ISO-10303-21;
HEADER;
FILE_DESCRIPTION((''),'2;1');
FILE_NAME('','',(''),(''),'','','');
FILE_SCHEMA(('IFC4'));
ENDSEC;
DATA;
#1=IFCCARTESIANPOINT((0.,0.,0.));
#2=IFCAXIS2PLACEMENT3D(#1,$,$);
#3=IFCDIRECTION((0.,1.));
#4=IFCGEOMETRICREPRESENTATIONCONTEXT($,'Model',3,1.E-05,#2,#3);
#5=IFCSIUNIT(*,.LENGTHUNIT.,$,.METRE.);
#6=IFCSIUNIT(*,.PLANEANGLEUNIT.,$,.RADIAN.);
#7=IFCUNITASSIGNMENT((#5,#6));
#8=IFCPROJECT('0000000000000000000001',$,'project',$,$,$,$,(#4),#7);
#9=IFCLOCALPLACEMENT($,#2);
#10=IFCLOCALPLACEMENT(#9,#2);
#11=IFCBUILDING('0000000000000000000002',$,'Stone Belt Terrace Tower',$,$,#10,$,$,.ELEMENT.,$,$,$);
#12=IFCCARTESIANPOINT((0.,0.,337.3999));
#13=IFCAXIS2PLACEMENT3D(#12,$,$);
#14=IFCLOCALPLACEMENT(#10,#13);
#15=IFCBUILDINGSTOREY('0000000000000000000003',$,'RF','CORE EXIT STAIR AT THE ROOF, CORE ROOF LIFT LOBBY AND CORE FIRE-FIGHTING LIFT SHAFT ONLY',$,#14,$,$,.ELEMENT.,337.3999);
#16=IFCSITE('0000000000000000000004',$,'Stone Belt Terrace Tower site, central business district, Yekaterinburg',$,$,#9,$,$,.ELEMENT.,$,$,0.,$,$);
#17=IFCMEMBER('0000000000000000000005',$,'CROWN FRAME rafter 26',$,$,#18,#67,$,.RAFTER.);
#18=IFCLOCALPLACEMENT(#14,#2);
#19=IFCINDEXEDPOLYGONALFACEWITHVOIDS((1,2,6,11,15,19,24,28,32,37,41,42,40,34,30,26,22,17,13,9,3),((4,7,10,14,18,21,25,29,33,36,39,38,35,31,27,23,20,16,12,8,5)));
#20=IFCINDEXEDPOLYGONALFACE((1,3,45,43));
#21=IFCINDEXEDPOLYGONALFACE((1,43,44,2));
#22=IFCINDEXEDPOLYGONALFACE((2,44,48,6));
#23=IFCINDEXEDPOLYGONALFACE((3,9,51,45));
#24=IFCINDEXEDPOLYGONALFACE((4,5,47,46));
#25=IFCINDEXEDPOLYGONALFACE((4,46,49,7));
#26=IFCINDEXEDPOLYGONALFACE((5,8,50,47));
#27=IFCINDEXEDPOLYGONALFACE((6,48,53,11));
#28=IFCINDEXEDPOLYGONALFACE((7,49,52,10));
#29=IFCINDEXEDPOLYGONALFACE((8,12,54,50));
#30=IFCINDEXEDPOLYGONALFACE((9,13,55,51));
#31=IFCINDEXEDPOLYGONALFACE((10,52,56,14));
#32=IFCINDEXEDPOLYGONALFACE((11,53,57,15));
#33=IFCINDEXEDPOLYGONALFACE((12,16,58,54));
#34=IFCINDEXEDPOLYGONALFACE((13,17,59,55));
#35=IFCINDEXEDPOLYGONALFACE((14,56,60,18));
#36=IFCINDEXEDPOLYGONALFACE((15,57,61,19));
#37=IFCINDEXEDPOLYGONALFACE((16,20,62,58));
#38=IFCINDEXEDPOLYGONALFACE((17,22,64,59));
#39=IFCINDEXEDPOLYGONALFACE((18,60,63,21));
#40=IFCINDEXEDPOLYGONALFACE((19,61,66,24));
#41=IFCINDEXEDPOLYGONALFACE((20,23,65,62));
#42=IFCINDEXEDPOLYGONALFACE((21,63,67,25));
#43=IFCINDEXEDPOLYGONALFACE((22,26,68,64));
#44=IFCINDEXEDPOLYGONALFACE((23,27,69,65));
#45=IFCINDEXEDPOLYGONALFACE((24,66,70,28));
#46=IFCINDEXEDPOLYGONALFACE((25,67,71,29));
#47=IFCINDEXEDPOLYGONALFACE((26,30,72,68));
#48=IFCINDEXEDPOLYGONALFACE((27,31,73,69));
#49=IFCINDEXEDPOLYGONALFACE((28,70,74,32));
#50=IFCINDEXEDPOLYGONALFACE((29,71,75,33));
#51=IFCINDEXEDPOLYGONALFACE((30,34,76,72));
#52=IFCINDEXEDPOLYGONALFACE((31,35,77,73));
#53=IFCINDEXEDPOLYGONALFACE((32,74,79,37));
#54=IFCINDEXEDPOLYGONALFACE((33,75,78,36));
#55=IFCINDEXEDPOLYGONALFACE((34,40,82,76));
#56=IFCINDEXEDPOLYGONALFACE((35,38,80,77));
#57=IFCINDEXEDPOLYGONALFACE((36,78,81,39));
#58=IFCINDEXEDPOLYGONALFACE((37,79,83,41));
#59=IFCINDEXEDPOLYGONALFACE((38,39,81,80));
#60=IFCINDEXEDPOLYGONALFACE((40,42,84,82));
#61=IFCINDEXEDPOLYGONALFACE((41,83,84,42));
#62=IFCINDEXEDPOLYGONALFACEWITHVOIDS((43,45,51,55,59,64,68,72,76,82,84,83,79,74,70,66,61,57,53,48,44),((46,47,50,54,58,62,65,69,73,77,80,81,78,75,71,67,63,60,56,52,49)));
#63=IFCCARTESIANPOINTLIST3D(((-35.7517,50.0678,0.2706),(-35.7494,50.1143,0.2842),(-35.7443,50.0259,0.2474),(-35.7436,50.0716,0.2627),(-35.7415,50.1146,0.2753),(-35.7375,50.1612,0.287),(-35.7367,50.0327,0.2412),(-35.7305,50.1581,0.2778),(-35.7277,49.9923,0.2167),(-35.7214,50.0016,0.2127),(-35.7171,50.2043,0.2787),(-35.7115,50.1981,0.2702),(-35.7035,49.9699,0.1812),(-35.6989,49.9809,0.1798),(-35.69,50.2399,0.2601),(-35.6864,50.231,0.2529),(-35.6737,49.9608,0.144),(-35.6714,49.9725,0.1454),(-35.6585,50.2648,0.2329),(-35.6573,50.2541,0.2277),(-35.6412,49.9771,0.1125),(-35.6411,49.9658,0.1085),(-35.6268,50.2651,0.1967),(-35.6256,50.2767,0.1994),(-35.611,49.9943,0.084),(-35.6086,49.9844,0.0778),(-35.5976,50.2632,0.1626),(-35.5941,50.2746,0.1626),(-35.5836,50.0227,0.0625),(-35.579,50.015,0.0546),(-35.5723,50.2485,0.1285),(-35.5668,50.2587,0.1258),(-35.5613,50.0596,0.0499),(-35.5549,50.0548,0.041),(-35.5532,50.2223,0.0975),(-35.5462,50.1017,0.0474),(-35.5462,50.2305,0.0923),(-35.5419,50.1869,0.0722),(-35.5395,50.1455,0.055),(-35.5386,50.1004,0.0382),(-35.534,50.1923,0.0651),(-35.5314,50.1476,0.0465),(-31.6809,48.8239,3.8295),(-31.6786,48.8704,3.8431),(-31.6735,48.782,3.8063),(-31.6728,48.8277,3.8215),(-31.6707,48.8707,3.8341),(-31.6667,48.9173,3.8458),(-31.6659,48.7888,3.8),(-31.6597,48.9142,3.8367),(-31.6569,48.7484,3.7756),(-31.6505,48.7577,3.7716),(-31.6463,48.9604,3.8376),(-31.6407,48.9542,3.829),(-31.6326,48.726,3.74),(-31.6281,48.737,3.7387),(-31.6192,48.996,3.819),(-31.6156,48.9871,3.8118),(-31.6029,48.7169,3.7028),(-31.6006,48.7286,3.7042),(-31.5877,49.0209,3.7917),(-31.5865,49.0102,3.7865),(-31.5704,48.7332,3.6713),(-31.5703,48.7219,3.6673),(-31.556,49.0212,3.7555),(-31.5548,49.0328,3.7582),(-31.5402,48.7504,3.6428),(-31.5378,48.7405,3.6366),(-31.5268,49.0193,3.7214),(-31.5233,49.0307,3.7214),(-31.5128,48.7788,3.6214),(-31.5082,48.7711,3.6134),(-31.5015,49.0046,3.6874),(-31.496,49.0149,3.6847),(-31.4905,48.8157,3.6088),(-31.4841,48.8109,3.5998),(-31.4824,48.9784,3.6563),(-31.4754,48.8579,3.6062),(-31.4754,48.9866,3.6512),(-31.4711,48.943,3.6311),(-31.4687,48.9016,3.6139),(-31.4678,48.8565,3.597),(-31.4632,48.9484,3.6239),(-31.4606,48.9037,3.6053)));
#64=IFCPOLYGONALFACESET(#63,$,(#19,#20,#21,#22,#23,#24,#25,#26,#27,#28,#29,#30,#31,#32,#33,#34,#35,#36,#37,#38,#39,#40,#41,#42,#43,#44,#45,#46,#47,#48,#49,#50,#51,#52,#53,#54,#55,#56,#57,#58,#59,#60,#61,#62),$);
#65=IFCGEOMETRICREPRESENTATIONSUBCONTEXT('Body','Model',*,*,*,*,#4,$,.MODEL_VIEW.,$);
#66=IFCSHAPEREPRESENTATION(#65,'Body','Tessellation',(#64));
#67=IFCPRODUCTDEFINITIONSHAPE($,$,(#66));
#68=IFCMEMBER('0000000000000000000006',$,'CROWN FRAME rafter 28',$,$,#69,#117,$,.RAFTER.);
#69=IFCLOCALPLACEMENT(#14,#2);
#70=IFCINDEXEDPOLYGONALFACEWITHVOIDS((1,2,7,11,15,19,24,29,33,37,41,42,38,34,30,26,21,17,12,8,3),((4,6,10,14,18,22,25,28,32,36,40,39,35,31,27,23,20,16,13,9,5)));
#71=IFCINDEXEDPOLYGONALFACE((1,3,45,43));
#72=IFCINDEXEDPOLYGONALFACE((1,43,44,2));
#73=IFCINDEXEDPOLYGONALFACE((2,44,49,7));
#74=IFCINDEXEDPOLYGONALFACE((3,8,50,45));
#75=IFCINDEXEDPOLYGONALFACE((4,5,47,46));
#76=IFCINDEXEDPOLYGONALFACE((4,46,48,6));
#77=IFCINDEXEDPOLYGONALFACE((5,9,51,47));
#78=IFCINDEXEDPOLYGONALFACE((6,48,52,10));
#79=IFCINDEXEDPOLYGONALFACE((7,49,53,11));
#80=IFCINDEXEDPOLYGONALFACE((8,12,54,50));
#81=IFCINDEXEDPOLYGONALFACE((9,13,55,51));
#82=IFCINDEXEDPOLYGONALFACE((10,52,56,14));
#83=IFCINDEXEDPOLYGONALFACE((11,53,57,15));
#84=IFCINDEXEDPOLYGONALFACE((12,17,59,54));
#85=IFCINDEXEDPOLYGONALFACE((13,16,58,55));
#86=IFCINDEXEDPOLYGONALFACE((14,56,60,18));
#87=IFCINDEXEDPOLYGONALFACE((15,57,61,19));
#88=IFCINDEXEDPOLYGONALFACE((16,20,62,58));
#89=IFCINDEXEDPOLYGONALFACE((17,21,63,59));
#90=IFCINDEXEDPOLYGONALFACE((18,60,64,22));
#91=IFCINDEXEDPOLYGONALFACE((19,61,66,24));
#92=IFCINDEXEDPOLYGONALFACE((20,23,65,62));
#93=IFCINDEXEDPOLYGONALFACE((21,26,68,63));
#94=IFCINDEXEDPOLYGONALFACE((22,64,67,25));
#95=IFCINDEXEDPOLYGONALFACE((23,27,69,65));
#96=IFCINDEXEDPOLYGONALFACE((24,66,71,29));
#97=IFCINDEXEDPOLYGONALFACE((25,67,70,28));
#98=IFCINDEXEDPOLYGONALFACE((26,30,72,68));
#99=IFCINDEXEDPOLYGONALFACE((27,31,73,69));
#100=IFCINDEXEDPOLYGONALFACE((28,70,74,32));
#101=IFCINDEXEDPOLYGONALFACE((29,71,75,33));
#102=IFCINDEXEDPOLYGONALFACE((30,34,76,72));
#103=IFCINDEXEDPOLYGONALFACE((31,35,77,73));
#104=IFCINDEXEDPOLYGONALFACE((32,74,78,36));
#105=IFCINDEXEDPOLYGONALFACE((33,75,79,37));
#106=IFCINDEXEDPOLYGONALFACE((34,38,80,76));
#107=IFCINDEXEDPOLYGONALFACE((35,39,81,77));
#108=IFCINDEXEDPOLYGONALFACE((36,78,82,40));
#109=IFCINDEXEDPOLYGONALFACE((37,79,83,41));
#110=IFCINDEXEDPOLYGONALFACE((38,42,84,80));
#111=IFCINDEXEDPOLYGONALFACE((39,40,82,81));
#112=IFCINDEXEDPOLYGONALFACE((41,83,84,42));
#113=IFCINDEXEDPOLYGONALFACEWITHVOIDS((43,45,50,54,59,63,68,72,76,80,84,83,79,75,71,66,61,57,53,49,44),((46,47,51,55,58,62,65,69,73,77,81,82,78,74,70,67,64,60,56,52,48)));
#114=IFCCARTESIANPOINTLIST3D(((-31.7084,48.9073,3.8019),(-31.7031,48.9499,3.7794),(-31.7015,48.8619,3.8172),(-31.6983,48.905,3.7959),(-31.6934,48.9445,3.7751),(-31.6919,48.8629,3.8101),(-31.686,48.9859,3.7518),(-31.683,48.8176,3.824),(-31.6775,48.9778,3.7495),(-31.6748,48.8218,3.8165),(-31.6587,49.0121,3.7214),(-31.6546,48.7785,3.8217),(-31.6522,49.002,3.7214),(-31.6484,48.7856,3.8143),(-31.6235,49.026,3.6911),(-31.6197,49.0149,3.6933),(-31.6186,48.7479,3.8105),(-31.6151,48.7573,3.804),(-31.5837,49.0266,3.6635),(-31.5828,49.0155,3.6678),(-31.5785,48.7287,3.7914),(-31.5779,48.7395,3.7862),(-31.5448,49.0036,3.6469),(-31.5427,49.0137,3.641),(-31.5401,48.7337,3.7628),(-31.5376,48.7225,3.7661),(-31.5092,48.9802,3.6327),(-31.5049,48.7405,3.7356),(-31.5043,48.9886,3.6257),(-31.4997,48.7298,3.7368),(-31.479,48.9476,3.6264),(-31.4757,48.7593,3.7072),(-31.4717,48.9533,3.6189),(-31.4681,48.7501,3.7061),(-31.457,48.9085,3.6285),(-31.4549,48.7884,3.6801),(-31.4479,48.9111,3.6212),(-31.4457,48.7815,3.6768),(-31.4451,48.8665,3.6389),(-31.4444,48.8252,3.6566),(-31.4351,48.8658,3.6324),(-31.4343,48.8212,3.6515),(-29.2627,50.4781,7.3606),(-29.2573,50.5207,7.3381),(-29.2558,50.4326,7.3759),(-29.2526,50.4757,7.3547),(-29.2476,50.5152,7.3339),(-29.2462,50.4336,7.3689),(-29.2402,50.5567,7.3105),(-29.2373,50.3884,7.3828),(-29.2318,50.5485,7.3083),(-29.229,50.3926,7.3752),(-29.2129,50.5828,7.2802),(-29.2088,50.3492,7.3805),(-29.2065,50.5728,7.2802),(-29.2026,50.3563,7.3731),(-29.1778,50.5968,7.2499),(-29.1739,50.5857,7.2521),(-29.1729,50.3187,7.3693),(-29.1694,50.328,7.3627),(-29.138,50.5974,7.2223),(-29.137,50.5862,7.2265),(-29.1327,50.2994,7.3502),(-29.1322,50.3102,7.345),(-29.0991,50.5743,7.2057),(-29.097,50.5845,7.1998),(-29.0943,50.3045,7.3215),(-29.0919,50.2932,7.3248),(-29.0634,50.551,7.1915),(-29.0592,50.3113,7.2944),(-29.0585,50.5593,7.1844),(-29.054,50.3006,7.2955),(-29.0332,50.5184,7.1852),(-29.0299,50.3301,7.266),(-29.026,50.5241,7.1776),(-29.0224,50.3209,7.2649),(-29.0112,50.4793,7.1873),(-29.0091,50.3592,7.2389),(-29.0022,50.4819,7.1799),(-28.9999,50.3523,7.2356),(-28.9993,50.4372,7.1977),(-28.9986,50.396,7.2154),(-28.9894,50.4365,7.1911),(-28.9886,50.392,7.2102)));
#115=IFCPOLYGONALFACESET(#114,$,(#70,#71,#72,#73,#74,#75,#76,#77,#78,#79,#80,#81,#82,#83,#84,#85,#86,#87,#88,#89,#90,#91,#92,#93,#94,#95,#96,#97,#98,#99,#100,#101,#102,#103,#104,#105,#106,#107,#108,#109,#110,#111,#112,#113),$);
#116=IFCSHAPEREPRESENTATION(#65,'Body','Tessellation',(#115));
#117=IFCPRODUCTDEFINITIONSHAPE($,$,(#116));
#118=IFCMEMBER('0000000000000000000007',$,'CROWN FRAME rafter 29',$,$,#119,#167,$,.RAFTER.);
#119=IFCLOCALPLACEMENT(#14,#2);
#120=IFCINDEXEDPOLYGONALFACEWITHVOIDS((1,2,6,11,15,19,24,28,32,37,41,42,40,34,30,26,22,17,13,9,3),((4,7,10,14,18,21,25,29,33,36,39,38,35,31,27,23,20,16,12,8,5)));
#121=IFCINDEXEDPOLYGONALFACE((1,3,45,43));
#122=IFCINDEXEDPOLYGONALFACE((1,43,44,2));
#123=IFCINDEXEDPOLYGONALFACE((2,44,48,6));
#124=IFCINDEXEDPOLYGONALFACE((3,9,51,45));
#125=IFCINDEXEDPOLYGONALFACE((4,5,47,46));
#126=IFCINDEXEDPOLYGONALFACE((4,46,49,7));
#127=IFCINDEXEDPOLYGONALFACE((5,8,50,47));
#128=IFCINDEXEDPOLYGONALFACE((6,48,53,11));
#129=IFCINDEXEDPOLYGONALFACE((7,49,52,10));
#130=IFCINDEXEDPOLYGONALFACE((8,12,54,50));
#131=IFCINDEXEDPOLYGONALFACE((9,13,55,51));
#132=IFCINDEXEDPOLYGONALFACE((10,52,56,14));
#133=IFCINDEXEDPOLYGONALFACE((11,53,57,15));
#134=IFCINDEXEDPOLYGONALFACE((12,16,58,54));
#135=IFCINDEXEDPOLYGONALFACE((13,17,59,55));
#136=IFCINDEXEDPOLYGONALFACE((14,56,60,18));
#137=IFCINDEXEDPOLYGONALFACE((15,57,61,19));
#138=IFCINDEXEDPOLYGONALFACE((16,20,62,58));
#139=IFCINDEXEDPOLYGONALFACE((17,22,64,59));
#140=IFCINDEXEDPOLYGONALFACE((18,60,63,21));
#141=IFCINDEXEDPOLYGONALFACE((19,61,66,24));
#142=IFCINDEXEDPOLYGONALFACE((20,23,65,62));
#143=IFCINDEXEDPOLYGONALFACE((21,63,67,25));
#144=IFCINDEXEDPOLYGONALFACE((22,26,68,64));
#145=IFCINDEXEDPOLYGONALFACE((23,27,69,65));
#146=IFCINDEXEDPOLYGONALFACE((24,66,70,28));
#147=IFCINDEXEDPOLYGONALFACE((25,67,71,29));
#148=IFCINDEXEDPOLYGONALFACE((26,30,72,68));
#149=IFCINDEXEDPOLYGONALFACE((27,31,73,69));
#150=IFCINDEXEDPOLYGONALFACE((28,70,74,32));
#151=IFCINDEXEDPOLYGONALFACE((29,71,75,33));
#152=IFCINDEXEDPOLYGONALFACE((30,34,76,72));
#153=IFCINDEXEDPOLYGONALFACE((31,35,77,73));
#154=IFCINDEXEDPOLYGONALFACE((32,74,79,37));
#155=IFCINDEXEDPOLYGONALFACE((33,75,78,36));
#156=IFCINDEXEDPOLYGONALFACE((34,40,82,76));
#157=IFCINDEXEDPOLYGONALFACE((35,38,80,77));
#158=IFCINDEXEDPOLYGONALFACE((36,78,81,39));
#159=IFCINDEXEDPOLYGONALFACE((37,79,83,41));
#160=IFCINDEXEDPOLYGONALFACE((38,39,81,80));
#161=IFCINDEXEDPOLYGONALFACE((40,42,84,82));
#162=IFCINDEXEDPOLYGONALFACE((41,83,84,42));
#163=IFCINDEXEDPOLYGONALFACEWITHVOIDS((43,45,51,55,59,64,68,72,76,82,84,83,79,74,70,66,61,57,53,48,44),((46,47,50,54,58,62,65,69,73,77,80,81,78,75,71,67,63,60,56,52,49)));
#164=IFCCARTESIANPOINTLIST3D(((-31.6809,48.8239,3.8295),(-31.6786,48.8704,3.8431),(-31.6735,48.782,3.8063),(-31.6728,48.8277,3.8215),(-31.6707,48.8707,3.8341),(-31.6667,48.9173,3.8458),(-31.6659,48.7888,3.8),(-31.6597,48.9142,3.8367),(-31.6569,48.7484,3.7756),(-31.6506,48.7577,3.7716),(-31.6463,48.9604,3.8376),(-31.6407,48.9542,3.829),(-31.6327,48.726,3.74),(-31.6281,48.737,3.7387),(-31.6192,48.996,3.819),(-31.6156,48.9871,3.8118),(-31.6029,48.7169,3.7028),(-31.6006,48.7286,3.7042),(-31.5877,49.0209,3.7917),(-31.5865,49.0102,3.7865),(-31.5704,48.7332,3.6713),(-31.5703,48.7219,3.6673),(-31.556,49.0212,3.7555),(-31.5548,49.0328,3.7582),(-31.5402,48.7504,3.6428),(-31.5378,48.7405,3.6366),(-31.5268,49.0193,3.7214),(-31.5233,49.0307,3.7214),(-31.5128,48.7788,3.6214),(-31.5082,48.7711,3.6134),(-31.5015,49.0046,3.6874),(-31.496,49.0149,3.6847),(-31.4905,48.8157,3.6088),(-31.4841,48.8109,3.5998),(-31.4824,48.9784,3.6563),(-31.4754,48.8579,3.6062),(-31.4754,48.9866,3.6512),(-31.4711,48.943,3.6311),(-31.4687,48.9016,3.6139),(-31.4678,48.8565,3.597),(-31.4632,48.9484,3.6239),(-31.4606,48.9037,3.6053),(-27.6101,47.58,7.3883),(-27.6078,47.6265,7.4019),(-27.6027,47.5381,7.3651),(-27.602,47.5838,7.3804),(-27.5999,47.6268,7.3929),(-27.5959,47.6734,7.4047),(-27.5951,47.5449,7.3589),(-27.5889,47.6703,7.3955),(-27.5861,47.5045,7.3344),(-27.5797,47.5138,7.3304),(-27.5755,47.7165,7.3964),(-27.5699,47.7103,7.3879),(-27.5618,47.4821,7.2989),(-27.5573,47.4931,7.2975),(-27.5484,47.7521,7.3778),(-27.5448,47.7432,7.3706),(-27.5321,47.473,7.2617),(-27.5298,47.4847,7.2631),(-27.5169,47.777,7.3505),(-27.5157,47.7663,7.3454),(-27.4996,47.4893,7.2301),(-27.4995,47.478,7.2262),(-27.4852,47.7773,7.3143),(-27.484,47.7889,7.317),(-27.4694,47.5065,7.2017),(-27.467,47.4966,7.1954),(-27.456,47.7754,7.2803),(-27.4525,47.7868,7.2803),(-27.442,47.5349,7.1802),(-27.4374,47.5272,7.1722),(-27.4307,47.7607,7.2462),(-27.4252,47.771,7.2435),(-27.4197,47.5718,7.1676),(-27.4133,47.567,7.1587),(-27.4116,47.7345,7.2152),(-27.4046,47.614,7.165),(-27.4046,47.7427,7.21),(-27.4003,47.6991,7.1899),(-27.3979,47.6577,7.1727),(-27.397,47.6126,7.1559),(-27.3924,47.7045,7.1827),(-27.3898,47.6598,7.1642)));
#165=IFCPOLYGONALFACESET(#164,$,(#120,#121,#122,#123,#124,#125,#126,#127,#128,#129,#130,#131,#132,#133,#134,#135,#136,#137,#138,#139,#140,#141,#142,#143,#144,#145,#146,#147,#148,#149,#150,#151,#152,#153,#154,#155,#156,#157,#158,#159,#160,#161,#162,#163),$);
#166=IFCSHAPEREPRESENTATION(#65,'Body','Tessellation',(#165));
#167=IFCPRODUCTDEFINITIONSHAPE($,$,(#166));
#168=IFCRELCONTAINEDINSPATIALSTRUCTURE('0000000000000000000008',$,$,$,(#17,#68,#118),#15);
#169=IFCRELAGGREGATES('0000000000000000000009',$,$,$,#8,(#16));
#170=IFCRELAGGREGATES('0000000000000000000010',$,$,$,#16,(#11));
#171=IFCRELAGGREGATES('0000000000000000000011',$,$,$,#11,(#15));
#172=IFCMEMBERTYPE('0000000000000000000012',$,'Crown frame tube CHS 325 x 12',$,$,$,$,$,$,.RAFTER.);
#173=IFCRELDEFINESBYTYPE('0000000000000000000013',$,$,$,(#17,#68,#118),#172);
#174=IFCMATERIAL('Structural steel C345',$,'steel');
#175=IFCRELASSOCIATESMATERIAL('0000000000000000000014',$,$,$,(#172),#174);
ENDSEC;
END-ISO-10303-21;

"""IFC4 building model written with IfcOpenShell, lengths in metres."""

from ifc_helpers import new_model, si_unit, direction, frame, origin, origin_2d, place, context, subcontext, project, spatial, hollow_circle, extrude, material, material_profile, profile_set, type_object, element, save


model = new_model("IFC4")

# Units and contexts
model_context = context("Model", 3, precision=1e-05, world=origin(), true_north=direction((0.0, 1.0)))
body_context = subcontext(model_context, "Body", "Model", "MODEL_VIEW")
ifc_project = project(units=[si_unit("LENGTHUNIT", "METRE"), si_unit("PLANEANGLEUNIT", "RADIAN")], contexts=[model_context])

# Site, building, storey
site_placement = place(None, origin())
site = spatial("IfcSite", under=ifc_project, at=site_placement, Name="Stone Belt Terrace Tower site, central business district, Yekaterinburg", CompositionType="ELEMENT", RefElevation=0.0)
building_placement = place(site_placement, origin())
building = spatial("IfcBuilding", under=site, at=building_placement, Name="Stone Belt Terrace Tower", CompositionType="ELEMENT")
storey_placement = place(building_placement, frame((0.0, 0.0, 337.3999)))
storey = spatial("IfcBuildingStorey", under=building, at=storey_placement, Name="RF", Description="CORE EXIT STAIR AT THE ROOF, CORE ROOF LIFT LOBBY AND CORE FIRE-FIGHTING LIFT SHAFT ONLY", CompositionType="ELEMENT", Elevation=337.3999)

# Members
ifc_material_1 = material(Name="Structural steel C345", Category="steel")
ifc_material_profile_1 = material_profile(ifc_material_1, hollow_circle(Radius=0.1626, WallThickness=0.012, at=origin_2d()), Name="Structural steel C345 CHS 325x12")
ifc_profile_set_1 = profile_set([ifc_material_profile_1], Name="Structural steel C345")
member_type_1 = type_object("IfcMemberType", Name="Crown frame tube CHS 325 x 12", PredefinedType="RAFTER", material=ifc_profile_set_1)
member_1_placement = place(storey_placement, frame((-35.6416, 50.1191, 0.1626), z_axis=(0.733698, -0.224193, 0.641424), x_axis=(0.292227, 0.956349, 0.0)))
element("IfcMember", 1, at=member_1_placement, inside=storey, type_object=member_type_1, Name="CROWN FRAME rafter 26", PredefinedType="RAFTER", context=body_context, shape_type="SweptSolid", body=[
    extrude(hollow_circle(Radius=0.1626, WallThickness=0.012, at=origin_2d()), origin(), (0.0, 0.0, 1.0), 5.5483),
])
member_2_placement = place(storey_placement, frame((-31.5708, 48.8752, 3.7214), z_axis=(0.532266, 0.341845, 0.77449), x_axis=(-0.540392, 0.841413, 0.0)))
element("IfcMember", 2, at=member_2_placement, inside=storey, type_object=member_type_1, Name="CROWN FRAME rafter 28", PredefinedType="RAFTER", context=body_context, shape_type="SweptSolid", body=[
    extrude(hollow_circle(Radius=0.1626, WallThickness=0.012, at=origin_2d()), origin(), (0.0, 0.0, 1.0), 4.595),
])
member_3_placement = place(storey_placement, frame((-31.5708, 48.8752, 3.7214), z_axis=(0.733698, -0.224193, 0.641424), x_axis=(0.292227, 0.956349, 0.0)))
element("IfcMember", 3, at=member_3_placement, inside=storey, type_object=member_type_1, Name="CROWN FRAME rafter 29", PredefinedType="RAFTER", context=body_context, shape_type="SweptSolid", body=[
    extrude(hollow_circle(Radius=0.1626, WallThickness=0.012, at=origin_2d()), origin(), (0.0, 0.0, 1.0), 5.5483),
])

save(model, "model.ifc")
